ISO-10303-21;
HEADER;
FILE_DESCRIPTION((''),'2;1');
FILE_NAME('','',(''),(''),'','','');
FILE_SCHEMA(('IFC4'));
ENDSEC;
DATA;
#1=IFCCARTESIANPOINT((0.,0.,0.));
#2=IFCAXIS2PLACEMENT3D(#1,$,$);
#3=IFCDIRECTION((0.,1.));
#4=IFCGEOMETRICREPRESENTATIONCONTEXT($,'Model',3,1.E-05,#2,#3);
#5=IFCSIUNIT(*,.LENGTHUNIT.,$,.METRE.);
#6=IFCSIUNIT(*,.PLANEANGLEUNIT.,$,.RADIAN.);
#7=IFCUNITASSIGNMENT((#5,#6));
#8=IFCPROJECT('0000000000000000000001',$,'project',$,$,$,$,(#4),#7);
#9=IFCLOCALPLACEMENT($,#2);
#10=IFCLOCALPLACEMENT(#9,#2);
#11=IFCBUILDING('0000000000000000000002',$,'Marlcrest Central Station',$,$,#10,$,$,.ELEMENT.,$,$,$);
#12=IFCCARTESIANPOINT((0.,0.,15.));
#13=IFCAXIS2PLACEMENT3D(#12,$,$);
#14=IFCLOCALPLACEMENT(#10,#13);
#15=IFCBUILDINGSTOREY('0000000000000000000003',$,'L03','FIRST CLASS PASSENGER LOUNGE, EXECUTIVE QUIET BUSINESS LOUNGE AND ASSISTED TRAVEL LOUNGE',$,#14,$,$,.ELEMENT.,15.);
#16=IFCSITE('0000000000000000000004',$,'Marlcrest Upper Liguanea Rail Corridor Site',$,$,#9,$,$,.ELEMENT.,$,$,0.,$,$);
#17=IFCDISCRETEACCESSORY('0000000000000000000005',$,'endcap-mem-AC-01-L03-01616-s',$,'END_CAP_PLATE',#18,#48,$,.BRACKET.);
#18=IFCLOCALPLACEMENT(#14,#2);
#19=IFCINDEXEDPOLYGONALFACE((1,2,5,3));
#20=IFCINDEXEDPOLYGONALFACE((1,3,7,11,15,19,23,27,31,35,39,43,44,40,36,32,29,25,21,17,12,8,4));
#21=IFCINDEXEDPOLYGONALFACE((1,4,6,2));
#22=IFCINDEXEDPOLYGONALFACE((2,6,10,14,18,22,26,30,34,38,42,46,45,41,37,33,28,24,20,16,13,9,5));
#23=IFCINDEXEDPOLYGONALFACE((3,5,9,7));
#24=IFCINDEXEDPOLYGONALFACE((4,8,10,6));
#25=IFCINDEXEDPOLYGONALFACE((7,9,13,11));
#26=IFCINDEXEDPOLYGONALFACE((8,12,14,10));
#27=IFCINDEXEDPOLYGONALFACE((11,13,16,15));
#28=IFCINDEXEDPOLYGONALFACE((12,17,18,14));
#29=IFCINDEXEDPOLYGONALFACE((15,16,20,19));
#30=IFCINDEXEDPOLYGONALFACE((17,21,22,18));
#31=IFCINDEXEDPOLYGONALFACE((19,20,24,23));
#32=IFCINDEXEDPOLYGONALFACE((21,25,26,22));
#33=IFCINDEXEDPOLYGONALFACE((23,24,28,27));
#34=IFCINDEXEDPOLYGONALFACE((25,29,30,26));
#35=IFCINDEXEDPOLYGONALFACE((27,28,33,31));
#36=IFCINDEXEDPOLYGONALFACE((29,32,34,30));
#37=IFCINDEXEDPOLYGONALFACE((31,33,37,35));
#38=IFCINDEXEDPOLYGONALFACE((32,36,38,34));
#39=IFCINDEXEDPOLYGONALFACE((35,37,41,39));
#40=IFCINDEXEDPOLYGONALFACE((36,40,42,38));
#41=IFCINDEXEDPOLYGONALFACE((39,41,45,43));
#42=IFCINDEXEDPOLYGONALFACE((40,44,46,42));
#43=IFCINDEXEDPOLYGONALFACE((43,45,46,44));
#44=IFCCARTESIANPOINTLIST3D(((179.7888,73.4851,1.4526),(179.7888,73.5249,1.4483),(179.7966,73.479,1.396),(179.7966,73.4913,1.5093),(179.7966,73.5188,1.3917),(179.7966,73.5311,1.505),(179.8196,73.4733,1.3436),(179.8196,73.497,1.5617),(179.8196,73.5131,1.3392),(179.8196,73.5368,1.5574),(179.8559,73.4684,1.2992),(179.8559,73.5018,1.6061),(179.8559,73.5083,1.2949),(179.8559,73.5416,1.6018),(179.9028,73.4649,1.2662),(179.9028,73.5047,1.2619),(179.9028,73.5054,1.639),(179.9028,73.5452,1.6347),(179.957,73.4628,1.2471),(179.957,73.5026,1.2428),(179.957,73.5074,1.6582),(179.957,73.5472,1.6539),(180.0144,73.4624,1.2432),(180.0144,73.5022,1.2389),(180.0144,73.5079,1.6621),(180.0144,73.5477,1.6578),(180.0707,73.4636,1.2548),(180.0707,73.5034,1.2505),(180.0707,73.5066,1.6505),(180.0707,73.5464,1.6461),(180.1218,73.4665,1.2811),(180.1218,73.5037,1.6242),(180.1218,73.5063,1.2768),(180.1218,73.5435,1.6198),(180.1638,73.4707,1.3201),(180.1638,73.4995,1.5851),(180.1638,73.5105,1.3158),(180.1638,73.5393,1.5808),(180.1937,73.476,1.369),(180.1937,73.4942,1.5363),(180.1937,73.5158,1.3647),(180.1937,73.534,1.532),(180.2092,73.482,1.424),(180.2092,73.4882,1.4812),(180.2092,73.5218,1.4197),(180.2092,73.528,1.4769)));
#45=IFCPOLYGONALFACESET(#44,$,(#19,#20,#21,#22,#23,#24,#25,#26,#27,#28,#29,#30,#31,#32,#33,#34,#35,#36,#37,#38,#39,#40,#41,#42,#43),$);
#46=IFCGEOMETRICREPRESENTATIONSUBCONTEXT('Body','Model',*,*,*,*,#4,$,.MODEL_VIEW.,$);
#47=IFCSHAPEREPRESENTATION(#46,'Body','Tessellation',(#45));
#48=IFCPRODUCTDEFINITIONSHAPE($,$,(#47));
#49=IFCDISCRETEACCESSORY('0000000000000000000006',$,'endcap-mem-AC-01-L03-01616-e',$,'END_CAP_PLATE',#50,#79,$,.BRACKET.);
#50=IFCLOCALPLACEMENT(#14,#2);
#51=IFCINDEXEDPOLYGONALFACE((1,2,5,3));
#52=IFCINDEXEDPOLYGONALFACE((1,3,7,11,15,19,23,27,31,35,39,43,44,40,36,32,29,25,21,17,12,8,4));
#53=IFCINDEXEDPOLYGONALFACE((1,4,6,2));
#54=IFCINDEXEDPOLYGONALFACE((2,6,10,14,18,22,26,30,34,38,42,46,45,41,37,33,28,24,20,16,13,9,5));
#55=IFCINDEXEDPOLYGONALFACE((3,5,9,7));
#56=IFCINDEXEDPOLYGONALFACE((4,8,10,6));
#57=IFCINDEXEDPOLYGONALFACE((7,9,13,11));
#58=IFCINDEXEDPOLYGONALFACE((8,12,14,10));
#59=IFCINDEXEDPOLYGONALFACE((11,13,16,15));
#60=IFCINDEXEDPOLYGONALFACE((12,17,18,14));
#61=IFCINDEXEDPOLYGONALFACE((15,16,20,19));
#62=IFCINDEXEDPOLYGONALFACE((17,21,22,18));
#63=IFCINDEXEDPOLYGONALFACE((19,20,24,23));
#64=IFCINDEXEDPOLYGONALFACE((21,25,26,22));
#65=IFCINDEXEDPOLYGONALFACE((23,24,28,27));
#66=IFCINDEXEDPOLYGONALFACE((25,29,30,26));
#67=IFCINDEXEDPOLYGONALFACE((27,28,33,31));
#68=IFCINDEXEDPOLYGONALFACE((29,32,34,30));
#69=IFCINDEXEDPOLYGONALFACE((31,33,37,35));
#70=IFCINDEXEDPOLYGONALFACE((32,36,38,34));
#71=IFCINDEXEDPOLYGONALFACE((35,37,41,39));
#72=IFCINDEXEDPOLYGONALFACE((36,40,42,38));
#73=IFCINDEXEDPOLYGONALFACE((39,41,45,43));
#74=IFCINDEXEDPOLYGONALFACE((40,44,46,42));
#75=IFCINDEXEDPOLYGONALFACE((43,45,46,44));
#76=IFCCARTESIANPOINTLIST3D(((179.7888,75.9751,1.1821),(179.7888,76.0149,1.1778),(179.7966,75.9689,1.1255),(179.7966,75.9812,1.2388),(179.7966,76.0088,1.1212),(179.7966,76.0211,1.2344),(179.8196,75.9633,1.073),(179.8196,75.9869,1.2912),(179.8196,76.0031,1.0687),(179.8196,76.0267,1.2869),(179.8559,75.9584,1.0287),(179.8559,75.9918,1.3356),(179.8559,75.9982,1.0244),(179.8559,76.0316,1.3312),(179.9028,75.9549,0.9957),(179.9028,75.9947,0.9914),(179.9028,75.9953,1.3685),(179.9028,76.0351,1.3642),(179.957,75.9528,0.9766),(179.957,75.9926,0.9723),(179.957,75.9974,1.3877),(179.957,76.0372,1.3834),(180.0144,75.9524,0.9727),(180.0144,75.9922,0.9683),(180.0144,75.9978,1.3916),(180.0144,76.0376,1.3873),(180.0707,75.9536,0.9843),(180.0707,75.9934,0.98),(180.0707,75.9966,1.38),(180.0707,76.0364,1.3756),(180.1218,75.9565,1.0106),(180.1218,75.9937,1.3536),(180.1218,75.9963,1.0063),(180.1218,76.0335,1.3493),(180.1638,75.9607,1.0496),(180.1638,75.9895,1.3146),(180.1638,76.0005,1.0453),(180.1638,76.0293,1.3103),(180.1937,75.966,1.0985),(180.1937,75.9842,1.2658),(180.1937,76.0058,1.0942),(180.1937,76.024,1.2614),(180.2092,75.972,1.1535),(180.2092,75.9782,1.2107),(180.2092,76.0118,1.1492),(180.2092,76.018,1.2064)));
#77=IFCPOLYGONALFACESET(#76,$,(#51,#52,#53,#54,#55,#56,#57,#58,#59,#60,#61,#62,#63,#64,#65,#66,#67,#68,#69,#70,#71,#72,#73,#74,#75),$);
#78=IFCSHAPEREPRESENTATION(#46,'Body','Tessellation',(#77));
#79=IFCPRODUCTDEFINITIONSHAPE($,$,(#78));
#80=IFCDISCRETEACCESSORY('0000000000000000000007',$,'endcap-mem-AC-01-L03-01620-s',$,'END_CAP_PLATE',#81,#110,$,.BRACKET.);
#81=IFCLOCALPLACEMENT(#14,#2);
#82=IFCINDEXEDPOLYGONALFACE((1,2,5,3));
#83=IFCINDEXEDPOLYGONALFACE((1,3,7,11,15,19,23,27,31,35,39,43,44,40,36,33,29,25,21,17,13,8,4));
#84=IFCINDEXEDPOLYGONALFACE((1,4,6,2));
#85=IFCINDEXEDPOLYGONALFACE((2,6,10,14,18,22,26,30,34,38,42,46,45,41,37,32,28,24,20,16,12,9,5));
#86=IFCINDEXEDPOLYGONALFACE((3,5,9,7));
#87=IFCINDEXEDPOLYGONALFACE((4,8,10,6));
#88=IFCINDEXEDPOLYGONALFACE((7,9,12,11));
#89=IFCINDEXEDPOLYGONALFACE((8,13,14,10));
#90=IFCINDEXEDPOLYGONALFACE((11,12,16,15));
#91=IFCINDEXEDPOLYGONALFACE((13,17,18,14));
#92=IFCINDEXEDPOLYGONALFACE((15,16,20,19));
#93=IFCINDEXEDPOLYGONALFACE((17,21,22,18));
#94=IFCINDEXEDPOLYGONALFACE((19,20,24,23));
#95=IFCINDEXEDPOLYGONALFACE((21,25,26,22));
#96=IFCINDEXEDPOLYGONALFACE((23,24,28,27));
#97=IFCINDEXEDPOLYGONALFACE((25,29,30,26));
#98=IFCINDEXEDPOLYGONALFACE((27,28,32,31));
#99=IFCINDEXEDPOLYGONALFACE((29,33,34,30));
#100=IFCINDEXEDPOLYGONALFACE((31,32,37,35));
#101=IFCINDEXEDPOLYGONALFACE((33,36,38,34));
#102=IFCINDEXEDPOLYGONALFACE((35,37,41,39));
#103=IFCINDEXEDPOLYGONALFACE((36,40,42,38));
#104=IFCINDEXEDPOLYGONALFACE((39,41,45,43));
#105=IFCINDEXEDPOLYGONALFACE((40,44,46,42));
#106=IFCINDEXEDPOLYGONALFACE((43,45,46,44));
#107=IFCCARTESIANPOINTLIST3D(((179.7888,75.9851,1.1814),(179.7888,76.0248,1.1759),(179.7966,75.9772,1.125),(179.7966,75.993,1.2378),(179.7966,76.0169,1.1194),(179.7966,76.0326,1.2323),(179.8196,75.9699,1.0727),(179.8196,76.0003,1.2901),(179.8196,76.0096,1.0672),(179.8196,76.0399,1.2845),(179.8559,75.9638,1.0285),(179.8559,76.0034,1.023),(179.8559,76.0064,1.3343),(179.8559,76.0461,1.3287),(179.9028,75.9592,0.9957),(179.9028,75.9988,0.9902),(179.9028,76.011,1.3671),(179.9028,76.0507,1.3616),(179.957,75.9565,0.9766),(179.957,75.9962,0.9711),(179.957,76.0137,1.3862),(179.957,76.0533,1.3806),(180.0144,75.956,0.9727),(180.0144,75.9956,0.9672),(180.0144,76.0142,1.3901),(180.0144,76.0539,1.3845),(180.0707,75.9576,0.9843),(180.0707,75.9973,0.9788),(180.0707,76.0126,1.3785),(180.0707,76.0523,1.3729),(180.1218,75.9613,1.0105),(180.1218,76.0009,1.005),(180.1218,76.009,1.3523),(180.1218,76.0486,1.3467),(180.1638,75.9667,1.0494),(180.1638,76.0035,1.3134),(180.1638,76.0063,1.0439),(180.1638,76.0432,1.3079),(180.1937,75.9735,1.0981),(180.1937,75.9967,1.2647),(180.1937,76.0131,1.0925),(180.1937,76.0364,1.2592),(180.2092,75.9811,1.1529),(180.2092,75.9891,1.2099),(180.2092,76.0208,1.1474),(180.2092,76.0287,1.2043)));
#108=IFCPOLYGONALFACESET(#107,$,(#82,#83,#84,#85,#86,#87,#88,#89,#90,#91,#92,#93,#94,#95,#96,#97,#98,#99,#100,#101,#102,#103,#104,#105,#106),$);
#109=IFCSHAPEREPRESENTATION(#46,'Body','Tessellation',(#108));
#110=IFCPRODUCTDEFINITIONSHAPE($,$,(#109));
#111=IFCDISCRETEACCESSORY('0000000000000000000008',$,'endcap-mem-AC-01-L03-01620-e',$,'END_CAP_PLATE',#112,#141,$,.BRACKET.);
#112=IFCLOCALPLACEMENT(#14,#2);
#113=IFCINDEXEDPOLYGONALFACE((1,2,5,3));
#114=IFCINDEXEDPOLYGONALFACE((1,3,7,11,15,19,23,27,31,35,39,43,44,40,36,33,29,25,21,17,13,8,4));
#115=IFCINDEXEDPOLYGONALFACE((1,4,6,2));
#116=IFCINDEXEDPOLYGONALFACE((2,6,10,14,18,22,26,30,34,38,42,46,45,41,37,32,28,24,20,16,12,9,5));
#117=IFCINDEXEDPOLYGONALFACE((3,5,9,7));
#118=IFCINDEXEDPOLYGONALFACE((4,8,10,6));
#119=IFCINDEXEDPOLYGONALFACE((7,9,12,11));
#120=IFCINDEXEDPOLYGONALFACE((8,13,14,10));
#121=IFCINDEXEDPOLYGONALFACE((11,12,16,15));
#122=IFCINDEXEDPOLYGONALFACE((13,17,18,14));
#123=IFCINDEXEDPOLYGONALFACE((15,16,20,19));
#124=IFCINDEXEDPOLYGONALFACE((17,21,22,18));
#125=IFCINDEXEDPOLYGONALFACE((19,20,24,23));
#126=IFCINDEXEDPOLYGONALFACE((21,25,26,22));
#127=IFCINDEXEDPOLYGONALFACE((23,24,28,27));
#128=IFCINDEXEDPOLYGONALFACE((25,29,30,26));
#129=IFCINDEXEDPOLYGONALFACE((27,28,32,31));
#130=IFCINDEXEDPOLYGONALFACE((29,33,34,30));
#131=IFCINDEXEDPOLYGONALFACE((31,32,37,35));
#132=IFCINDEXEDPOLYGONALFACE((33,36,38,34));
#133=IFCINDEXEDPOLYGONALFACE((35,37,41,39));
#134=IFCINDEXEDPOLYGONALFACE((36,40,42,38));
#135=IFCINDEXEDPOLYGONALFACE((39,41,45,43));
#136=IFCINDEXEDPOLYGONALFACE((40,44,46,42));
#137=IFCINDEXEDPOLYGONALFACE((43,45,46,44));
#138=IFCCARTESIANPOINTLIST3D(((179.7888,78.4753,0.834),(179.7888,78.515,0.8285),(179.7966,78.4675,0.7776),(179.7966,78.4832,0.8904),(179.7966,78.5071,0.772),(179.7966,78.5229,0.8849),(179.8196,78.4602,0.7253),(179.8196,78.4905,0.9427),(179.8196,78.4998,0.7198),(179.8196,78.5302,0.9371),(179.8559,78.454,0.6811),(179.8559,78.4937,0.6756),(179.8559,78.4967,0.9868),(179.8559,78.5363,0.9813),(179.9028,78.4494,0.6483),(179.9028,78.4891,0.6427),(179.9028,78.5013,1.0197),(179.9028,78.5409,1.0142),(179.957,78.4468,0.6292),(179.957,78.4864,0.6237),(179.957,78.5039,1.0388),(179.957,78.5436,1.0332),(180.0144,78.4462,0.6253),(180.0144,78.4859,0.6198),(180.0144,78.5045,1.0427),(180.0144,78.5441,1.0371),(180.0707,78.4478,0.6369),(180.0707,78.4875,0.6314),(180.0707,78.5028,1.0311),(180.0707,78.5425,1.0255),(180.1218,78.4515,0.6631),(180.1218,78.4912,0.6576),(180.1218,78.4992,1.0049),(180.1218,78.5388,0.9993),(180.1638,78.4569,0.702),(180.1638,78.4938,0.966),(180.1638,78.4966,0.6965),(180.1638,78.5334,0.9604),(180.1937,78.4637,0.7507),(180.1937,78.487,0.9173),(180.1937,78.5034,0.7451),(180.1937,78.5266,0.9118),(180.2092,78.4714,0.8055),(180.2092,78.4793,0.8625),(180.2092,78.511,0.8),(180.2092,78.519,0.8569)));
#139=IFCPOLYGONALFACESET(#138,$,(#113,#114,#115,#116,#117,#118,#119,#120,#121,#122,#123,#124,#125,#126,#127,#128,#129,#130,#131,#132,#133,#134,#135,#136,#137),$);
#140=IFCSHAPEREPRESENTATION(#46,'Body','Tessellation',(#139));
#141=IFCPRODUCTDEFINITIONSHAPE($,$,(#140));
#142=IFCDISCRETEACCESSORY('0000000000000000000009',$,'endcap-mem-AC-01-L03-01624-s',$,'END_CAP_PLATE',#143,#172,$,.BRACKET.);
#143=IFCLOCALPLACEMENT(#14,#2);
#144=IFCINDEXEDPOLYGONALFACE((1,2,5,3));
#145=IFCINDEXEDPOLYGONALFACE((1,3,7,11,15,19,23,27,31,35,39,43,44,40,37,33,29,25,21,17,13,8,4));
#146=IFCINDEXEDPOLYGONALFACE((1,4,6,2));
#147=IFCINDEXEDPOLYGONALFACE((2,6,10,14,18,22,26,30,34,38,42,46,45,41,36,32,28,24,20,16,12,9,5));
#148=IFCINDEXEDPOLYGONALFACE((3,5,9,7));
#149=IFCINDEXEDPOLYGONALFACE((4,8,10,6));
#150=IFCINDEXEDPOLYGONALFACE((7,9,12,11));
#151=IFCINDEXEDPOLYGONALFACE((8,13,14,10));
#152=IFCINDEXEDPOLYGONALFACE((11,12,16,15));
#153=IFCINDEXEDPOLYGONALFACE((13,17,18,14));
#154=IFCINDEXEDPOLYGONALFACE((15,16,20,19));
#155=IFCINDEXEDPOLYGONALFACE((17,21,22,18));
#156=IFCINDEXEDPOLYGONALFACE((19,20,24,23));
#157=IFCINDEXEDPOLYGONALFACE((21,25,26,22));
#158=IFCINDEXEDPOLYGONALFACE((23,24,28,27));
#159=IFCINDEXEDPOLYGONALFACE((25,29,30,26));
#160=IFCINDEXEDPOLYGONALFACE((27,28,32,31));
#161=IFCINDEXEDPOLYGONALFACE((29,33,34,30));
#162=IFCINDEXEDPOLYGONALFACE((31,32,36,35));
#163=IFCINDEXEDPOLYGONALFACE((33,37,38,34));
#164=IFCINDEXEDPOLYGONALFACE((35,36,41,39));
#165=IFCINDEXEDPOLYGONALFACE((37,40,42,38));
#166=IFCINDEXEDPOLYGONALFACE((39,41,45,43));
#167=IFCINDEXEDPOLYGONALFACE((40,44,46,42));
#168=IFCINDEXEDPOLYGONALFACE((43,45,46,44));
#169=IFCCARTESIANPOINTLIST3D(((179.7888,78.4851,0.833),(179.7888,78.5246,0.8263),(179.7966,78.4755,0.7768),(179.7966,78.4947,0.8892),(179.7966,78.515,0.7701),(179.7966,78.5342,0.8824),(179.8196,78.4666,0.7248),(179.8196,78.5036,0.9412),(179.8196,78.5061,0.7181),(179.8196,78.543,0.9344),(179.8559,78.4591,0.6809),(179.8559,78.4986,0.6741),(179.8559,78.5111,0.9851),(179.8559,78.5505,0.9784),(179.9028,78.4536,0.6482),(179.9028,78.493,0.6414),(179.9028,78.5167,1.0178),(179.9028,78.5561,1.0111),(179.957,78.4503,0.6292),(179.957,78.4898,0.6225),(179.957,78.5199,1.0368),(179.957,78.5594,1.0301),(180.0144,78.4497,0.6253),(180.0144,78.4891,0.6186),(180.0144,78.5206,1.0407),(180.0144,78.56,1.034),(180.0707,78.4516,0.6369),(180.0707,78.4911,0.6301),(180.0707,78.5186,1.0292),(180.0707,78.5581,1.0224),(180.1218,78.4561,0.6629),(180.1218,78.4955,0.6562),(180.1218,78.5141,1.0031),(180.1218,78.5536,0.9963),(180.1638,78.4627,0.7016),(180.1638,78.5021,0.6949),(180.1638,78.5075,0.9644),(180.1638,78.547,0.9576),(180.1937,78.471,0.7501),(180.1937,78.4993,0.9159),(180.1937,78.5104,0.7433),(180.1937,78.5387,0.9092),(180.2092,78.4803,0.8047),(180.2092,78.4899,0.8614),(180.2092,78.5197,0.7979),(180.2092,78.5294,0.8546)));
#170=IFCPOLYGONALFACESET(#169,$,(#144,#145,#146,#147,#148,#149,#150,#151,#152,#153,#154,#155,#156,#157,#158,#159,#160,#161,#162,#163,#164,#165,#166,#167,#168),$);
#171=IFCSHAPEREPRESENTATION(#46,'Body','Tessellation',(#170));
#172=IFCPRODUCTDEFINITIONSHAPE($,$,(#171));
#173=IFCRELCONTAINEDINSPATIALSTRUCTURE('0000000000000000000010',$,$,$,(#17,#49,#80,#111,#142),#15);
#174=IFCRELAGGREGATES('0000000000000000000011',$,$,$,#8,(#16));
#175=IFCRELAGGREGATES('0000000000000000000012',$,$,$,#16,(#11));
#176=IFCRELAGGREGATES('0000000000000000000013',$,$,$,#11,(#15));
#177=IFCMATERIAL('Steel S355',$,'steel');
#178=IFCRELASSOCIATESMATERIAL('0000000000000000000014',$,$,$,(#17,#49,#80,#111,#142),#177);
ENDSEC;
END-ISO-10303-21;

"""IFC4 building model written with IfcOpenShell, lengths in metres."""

from ifc_helpers import new_model, si_unit, direction, frame, origin, origin_2d, place, context, subcontext, project, spatial, circle, extrude, material, element, save


model = new_model("IFC4")

# Units and contexts
model_context = context("Model", 3, precision=1e-05, world=origin(), true_north=direction((0.0, 1.0)))
body_context = subcontext(model_context, "Body", "Model", "MODEL_VIEW")
ifc_project = project(units=[si_unit("LENGTHUNIT", "METRE"), si_unit("PLANEANGLEUNIT", "RADIAN")], contexts=[model_context])

# Site, building, storey
site_placement = place(None, origin())
site = spatial("IfcSite", under=ifc_project, at=site_placement, Name="Marlcrest Upper Liguanea Rail Corridor Site", CompositionType="ELEMENT", RefElevation=0.0)
building_placement = place(site_placement, origin())
building = spatial("IfcBuilding", under=site, at=building_placement, Name="Marlcrest Central Station", CompositionType="ELEMENT")
storey_placement = place(building_placement, frame((0.0, 0.0, 15.0)))
storey = spatial("IfcBuildingStorey", under=building, at=storey_placement, Name="L03", Description="FIRST CLASS PASSENGER LOUNGE, EXECUTIVE QUIET BUSINESS LOUNGE AND ASSISTED TRAVEL LOUNGE", CompositionType="ELEMENT", Elevation=15.0)

# Shared definitions
ifc_material_1 = material(Name="Steel S355", Category="steel")

# Discrete accessories
for number, where, z_axis, x_axis, name in (
    (1, (180.0, 73.4851, 1.4526), (0.0, 0.994155, -0.107959), (-1.0, 0.0, 0.0), "endcap-mem-AC-01-L03-01616-s"),
    (2, (180.0, 75.9751, 1.1821), (0.0, 0.994155, -0.107959), (-1.0, 0.0, 0.0), "endcap-mem-AC-01-L03-01616-e"),
    (3, (180.0, 75.9851, 1.1814), (0.0, 0.990403, -0.138211), (-1.0, 0.0, 0.0), "endcap-mem-AC-01-L03-01620-s"),
    (4, (180.0, 78.4753, 0.834), (0.0, 0.990403, -0.138211), (-1.0, 0.0, 0.0), "endcap-mem-AC-01-L03-01620-e"),
    (5, (180.0, 78.4851, 0.833), (0.0, 0.985741, -0.168269), (-1.0, 0.0, 0.0), "endcap-mem-AC-01-L03-01624-s"),
):
    element("IfcDiscreteAccessory", number, at=place(storey_placement, frame(where, z_axis=z_axis, x_axis=x_axis)), inside=storey, material=ifc_material_1, Name=name, ObjectType="END_CAP_PLATE", PredefinedType="BRACKET", context=body_context, shape_type="SweptSolid", body=[
        extrude(circle(Radius=0.2112, at=origin_2d()), origin(), (0.0, 0.0, 1.0), 0.04),
    ])

save(model, "model.ifc")
